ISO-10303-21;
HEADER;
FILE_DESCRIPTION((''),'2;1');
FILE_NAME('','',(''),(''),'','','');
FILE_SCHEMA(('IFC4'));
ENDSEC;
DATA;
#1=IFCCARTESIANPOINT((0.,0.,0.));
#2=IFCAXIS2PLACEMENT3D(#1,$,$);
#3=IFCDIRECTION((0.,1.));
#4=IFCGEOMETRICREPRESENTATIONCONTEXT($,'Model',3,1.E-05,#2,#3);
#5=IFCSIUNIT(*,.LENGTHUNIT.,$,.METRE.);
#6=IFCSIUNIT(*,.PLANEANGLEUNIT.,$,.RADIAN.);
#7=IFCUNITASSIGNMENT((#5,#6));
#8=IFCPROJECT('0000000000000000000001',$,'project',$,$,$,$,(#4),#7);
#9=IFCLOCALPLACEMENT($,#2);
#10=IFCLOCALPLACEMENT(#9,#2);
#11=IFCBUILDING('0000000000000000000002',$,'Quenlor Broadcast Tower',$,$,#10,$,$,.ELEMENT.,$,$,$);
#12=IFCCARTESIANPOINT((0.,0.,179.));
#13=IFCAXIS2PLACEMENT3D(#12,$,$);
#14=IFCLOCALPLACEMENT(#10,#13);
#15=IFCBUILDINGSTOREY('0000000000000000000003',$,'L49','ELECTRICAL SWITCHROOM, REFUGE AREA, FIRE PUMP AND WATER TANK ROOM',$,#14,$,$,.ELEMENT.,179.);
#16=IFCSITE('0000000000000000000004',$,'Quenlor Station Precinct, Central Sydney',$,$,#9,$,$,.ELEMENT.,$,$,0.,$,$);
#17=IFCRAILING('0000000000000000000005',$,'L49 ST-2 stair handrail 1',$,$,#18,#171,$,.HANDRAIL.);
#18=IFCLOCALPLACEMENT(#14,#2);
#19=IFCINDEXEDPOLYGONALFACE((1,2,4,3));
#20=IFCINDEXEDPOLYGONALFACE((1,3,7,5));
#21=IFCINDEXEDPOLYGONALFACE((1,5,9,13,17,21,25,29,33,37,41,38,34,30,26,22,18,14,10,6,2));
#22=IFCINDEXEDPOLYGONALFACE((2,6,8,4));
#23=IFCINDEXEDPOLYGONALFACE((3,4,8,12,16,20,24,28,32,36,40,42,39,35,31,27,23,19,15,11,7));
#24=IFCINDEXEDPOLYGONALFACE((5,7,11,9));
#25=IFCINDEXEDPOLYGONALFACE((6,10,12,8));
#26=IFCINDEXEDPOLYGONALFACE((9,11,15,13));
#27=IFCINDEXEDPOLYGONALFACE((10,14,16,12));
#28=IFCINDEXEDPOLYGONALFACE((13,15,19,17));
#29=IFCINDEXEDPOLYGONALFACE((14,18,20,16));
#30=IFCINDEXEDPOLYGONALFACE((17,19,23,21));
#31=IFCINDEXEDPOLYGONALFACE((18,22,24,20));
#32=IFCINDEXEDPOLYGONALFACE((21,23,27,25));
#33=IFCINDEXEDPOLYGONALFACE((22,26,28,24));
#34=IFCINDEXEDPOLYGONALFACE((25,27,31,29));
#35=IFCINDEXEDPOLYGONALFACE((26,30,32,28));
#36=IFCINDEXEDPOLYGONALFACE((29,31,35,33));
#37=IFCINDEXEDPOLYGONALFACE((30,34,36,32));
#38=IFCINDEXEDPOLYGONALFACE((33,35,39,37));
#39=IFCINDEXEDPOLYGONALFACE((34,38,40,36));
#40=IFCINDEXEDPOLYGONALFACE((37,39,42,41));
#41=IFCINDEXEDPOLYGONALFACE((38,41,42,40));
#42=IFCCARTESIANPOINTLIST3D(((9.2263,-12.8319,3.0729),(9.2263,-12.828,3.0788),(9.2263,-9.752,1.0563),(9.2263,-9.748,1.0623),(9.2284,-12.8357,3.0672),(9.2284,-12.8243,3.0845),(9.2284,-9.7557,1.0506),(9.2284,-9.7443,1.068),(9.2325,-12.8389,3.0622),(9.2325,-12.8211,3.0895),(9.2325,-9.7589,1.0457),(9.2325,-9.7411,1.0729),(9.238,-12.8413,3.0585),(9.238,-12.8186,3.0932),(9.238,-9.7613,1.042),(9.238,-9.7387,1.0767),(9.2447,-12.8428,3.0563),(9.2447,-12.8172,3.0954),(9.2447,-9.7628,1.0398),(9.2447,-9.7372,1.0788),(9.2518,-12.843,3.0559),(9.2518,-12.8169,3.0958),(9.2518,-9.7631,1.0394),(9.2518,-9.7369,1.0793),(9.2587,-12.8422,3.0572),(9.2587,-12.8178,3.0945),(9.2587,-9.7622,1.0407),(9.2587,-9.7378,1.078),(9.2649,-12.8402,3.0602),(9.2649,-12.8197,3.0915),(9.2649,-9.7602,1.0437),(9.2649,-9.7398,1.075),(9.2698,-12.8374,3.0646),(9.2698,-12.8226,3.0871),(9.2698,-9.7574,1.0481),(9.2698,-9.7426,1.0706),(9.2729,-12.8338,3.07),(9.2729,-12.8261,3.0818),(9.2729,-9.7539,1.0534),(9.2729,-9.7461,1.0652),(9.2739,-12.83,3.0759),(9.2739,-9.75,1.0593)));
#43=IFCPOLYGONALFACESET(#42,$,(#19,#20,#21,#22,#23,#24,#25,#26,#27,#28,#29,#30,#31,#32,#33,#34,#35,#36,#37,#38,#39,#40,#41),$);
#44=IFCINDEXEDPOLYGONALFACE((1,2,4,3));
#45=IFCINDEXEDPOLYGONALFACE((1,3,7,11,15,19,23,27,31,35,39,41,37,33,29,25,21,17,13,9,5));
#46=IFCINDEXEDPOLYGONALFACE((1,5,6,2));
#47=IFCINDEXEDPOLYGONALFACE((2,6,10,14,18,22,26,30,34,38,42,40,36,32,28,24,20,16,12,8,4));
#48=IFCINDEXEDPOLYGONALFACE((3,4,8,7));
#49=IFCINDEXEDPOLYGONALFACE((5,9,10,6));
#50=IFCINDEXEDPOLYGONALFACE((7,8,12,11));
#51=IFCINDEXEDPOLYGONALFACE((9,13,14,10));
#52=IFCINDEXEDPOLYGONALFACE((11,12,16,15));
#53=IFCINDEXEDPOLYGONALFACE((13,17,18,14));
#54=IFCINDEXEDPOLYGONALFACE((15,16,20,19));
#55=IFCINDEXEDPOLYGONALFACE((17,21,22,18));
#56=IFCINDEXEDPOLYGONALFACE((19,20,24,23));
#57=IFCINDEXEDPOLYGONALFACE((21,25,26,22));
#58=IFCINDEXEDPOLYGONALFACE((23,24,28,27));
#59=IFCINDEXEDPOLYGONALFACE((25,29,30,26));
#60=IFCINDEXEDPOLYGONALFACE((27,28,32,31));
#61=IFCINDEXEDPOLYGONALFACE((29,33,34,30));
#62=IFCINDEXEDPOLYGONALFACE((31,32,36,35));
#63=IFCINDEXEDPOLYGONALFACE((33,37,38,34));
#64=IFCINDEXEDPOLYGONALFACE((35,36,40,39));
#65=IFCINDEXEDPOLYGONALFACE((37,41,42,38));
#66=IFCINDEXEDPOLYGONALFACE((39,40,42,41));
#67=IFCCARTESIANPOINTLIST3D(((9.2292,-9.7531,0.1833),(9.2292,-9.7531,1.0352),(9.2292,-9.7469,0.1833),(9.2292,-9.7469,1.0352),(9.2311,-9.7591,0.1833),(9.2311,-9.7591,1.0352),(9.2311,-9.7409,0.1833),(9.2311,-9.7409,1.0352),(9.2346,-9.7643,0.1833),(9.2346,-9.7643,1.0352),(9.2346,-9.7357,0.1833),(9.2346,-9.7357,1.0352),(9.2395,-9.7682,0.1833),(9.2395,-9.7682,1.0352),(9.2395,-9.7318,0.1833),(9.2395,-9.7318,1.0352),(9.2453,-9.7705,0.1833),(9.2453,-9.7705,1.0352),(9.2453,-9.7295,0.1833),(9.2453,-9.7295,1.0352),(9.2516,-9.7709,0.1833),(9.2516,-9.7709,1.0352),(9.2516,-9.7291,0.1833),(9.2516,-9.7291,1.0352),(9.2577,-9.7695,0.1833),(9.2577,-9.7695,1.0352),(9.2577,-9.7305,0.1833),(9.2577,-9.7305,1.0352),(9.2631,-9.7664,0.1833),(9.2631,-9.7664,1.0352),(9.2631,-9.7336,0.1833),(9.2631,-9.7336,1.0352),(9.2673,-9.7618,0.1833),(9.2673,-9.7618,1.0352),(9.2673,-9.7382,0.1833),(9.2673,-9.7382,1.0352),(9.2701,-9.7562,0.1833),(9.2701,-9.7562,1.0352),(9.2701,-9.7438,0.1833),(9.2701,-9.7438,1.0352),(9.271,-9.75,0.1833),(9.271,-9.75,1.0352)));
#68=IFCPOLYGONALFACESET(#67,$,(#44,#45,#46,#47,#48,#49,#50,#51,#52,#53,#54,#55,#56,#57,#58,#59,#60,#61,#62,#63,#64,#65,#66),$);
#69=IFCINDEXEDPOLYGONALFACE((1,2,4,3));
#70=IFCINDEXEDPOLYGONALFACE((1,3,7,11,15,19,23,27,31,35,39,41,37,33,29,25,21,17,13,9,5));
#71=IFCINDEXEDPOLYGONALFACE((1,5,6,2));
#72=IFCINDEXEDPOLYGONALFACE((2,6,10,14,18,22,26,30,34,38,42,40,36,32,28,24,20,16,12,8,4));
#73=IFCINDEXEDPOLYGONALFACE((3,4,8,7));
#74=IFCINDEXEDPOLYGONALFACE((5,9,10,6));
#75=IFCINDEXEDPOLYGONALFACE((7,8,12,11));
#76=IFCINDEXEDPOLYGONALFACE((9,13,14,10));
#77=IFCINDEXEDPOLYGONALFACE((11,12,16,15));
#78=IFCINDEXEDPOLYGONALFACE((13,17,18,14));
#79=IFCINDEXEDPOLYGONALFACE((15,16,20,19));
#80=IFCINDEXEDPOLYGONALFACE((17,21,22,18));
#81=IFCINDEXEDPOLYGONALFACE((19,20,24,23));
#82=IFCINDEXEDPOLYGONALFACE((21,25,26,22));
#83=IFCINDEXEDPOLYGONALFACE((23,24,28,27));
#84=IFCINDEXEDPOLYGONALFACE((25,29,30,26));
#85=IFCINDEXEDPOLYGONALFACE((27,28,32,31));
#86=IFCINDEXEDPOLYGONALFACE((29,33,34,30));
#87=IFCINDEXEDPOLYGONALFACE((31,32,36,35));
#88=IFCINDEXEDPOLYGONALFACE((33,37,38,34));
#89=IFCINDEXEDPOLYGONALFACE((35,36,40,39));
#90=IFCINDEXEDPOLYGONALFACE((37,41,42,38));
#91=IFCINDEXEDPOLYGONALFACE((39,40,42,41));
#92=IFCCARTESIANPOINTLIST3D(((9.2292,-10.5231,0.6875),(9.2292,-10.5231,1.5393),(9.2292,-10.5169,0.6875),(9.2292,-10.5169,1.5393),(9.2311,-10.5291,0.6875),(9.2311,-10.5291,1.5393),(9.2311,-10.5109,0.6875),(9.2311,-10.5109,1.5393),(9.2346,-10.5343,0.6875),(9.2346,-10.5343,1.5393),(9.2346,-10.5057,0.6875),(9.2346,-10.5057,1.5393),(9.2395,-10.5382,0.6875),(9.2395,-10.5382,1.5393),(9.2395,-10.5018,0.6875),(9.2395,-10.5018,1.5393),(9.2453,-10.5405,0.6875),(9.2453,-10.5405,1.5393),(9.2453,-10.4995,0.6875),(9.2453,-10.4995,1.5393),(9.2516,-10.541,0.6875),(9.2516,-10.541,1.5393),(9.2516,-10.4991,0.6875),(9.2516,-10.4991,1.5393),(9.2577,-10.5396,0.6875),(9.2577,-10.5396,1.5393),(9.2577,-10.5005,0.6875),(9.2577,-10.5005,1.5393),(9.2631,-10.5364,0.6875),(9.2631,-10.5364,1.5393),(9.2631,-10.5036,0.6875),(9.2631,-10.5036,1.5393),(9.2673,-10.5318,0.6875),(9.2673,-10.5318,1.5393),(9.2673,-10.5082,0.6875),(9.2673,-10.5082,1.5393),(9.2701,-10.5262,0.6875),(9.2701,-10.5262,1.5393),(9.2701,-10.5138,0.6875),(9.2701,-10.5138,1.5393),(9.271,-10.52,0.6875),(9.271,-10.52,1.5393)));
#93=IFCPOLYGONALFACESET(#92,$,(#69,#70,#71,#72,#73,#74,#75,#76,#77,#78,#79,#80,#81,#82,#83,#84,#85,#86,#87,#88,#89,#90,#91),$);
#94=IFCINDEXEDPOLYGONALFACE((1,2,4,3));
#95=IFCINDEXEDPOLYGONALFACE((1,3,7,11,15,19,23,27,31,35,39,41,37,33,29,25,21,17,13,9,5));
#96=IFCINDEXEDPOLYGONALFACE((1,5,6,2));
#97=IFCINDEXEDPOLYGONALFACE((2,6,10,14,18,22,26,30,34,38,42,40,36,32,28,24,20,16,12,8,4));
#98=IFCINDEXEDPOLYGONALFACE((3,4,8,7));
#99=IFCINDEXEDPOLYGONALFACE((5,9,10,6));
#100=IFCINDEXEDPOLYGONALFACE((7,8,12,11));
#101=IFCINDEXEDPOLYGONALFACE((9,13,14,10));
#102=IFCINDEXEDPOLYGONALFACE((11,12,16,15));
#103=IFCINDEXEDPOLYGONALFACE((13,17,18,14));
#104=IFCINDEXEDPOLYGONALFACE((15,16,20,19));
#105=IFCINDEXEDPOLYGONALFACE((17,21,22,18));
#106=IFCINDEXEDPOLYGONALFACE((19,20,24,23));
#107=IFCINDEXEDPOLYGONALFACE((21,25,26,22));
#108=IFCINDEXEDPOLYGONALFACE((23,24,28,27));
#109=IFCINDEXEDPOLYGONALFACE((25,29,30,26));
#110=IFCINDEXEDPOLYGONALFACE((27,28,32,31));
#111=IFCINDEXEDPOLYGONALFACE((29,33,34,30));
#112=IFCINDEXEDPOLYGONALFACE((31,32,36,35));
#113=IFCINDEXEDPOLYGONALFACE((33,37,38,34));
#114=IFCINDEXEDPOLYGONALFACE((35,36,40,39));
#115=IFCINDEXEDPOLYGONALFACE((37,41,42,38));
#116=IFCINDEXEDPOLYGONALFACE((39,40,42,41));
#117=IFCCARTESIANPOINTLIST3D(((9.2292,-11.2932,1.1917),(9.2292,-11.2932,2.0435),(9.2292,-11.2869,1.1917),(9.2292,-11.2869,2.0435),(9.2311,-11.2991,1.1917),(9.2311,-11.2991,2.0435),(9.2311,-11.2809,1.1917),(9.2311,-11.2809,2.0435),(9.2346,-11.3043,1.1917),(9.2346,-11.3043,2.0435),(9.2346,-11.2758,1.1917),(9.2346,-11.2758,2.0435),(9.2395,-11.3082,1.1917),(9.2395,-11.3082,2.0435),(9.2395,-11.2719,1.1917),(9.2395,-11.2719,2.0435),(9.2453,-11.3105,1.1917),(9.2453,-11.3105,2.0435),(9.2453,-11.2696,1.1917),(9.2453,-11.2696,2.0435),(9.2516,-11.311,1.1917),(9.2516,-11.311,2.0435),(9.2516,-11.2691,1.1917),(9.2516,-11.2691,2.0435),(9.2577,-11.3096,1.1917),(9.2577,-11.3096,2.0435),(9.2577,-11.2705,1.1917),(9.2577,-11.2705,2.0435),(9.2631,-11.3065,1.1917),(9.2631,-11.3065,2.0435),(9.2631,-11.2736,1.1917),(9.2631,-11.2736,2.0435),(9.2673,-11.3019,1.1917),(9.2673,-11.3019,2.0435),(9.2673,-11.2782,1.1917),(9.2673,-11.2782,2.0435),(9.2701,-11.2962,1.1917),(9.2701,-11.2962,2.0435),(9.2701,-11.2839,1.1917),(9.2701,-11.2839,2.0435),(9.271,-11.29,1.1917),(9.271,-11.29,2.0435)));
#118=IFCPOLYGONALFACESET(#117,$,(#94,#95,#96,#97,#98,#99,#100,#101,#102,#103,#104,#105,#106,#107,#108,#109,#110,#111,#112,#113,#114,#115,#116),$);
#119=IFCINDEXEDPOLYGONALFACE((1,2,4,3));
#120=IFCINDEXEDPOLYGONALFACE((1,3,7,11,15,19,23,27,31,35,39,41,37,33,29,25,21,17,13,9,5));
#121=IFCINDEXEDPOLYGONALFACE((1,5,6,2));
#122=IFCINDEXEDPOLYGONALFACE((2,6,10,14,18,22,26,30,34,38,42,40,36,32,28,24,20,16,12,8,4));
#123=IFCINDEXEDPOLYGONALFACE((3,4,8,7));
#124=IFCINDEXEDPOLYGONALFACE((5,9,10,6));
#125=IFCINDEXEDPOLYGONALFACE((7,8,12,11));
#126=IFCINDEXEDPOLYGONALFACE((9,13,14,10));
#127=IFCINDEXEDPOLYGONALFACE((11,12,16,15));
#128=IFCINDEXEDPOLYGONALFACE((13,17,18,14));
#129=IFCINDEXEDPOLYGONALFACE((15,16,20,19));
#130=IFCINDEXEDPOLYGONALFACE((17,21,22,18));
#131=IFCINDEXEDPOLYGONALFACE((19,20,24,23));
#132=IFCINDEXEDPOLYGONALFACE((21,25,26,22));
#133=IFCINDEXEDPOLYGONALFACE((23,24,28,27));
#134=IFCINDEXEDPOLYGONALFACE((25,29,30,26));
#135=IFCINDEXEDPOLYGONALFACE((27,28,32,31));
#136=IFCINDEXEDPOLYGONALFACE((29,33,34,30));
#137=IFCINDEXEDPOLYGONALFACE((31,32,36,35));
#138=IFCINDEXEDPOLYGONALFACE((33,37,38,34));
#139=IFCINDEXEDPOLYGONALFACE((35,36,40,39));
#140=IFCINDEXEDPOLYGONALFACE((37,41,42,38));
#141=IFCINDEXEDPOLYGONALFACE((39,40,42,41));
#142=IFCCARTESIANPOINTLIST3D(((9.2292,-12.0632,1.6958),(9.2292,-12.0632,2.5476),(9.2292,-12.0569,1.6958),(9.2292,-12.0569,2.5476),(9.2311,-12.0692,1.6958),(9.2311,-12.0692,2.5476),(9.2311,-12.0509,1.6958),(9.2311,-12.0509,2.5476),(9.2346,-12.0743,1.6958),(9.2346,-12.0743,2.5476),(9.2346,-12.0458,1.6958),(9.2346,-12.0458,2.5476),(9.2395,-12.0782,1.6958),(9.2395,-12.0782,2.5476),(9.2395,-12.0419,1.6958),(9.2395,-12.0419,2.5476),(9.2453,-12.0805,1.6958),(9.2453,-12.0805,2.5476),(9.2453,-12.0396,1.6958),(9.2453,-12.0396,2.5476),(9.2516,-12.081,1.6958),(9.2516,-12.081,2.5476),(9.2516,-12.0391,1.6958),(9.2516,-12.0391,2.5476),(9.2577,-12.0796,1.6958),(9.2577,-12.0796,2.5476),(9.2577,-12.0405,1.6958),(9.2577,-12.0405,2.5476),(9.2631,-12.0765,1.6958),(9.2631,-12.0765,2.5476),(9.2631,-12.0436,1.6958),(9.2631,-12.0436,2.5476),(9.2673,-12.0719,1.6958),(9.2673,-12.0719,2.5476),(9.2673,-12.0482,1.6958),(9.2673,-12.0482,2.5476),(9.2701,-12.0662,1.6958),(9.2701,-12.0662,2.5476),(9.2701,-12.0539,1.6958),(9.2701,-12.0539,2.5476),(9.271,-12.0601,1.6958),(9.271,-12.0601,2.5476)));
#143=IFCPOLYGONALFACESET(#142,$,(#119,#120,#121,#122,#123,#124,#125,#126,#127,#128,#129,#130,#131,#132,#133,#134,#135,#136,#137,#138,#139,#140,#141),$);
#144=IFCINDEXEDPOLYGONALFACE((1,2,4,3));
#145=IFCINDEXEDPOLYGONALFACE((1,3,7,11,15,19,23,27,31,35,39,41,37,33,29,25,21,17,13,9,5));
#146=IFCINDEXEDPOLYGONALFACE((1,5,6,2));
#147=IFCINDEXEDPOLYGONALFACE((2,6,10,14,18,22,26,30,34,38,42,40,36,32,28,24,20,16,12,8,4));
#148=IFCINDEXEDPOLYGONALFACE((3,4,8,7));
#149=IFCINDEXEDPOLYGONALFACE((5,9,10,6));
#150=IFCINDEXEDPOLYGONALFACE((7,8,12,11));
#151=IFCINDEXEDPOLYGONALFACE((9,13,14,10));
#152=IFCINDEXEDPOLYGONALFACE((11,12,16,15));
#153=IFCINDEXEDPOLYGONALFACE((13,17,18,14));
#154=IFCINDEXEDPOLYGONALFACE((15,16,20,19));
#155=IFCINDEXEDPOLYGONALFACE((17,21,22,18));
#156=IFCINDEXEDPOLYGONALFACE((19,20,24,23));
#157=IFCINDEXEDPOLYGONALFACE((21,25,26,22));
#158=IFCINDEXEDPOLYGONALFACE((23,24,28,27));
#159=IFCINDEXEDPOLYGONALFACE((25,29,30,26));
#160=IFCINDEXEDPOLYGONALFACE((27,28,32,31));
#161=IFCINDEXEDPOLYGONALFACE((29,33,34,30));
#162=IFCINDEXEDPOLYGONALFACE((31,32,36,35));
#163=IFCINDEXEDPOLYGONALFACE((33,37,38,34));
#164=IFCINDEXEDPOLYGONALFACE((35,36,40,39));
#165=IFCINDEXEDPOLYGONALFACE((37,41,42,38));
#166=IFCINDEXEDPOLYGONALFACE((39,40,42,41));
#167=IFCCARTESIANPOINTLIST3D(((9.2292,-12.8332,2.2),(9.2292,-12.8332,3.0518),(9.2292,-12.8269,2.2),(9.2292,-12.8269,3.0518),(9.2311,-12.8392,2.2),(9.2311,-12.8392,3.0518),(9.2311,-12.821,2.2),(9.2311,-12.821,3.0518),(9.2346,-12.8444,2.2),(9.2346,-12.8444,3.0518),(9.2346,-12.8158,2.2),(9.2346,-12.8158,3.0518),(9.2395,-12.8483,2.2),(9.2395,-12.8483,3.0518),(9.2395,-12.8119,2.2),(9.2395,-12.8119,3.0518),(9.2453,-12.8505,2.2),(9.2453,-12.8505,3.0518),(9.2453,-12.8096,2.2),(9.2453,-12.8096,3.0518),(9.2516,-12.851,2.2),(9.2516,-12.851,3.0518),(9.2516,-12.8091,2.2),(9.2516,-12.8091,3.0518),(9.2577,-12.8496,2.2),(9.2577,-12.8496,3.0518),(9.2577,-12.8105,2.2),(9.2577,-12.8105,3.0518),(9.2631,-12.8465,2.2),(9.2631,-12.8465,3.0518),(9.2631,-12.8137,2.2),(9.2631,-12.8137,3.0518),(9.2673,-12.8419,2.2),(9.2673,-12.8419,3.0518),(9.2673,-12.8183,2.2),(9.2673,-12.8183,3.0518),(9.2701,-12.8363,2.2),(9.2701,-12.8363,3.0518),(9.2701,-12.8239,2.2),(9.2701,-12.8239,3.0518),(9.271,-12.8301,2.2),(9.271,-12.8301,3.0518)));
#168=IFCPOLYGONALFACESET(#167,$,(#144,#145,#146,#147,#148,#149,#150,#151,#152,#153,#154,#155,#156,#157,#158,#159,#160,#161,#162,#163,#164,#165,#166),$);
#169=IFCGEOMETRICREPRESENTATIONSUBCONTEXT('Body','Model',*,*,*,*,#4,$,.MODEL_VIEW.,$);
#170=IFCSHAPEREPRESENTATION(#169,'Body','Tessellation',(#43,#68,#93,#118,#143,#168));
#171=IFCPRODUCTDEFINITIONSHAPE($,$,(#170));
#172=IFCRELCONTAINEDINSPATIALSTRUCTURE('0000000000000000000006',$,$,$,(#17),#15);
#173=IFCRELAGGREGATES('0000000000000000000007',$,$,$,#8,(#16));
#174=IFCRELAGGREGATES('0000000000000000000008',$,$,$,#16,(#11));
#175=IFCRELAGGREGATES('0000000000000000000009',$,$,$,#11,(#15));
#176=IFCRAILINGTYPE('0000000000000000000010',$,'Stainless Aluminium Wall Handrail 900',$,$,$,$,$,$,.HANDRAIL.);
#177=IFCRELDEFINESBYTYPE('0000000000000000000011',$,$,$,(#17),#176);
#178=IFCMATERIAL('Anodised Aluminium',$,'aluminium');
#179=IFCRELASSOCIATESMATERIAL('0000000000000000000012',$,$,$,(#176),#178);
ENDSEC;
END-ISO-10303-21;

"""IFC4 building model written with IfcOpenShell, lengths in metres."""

from ifc_helpers import new_model, si_unit, direction, frame, origin, origin_2d, place, context, subcontext, project, spatial, circle, extrude, material, type_object, element, save


model = new_model("IFC4")

# Units and contexts
model_context = context("Model", 3, precision=1e-05, world=origin(), true_north=direction((0.0, 1.0)))
body_context = subcontext(model_context, "Body", "Model", "MODEL_VIEW")
ifc_project = project(units=[si_unit("LENGTHUNIT", "METRE"), si_unit("PLANEANGLEUNIT", "RADIAN")], contexts=[model_context])

# Site, building, storey
site_placement = place(None, origin())
site = spatial("IfcSite", under=ifc_project, at=site_placement, Name="Quenlor Station Precinct, Central Sydney", CompositionType="ELEMENT", RefElevation=0.0)
building_placement = place(site_placement, origin())
building = spatial("IfcBuilding", under=site, at=building_placement, Name="Quenlor Broadcast Tower", CompositionType="ELEMENT")
storey_placement = place(building_placement, frame((0.0, 0.0, 179.0)))
storey = spatial("IfcBuildingStorey", under=building, at=storey_placement, Name="L49", Description="ELECTRICAL SWITCHROOM, REFUGE AREA, FIRE PUMP AND WATER TANK ROOM", CompositionType="ELEMENT", Elevation=179.0)

# Railing
ifc_material_1 = material(Name="Anodised Aluminium", Category="aluminium")
railing_type_1 = type_object("IfcRailingType", Name="Stainless Aluminium Wall Handrail 900", PredefinedType="HANDRAIL", material=ifc_material_1)
railing_1_placement = place(storey_placement, frame((9.25, -9.75, 0.1833)))
element("IfcRailing", 1, at=railing_1_placement, inside=storey, type_object=railing_type_1, Name="L49 ST-2 stair handrail 1", PredefinedType="HANDRAIL", context=body_context, shape_type="SweptSolid", body=[
    extrude(circle(Radius=0.0239, at=origin_2d()), frame((0.0, 0.0, 0.876), z_axis=(0.0, -0.836633, 0.547764), x_axis=(1.0, 0.0, 0.0)), (0.0, 0.0, 1.0), 3.6814),
    extrude(circle(Radius=0.021, at=origin_2d()), origin(), (0.0, 0.0, 1.0), 0.8518),
    extrude(circle(Radius=0.021, at=origin_2d()), frame((0.0, -0.77, 0.5042)), (0.0, 0.0, 1.0), 0.8518),
    extrude(circle(Radius=0.021, at=origin_2d()), frame((0.0, -1.54, 1.0083)), (0.0, 0.0, 1.0), 0.8518),
    extrude(circle(Radius=0.021, at=origin_2d()), frame((0.0, -2.3101, 1.5125)), (0.0, 0.0, 1.0), 0.8518),
    extrude(circle(Radius=0.021, at=origin_2d()), frame((0.0, -3.0801, 2.0166)), (0.0, 0.0, 1.0), 0.8518),
])

save(model, "model.ifc")
